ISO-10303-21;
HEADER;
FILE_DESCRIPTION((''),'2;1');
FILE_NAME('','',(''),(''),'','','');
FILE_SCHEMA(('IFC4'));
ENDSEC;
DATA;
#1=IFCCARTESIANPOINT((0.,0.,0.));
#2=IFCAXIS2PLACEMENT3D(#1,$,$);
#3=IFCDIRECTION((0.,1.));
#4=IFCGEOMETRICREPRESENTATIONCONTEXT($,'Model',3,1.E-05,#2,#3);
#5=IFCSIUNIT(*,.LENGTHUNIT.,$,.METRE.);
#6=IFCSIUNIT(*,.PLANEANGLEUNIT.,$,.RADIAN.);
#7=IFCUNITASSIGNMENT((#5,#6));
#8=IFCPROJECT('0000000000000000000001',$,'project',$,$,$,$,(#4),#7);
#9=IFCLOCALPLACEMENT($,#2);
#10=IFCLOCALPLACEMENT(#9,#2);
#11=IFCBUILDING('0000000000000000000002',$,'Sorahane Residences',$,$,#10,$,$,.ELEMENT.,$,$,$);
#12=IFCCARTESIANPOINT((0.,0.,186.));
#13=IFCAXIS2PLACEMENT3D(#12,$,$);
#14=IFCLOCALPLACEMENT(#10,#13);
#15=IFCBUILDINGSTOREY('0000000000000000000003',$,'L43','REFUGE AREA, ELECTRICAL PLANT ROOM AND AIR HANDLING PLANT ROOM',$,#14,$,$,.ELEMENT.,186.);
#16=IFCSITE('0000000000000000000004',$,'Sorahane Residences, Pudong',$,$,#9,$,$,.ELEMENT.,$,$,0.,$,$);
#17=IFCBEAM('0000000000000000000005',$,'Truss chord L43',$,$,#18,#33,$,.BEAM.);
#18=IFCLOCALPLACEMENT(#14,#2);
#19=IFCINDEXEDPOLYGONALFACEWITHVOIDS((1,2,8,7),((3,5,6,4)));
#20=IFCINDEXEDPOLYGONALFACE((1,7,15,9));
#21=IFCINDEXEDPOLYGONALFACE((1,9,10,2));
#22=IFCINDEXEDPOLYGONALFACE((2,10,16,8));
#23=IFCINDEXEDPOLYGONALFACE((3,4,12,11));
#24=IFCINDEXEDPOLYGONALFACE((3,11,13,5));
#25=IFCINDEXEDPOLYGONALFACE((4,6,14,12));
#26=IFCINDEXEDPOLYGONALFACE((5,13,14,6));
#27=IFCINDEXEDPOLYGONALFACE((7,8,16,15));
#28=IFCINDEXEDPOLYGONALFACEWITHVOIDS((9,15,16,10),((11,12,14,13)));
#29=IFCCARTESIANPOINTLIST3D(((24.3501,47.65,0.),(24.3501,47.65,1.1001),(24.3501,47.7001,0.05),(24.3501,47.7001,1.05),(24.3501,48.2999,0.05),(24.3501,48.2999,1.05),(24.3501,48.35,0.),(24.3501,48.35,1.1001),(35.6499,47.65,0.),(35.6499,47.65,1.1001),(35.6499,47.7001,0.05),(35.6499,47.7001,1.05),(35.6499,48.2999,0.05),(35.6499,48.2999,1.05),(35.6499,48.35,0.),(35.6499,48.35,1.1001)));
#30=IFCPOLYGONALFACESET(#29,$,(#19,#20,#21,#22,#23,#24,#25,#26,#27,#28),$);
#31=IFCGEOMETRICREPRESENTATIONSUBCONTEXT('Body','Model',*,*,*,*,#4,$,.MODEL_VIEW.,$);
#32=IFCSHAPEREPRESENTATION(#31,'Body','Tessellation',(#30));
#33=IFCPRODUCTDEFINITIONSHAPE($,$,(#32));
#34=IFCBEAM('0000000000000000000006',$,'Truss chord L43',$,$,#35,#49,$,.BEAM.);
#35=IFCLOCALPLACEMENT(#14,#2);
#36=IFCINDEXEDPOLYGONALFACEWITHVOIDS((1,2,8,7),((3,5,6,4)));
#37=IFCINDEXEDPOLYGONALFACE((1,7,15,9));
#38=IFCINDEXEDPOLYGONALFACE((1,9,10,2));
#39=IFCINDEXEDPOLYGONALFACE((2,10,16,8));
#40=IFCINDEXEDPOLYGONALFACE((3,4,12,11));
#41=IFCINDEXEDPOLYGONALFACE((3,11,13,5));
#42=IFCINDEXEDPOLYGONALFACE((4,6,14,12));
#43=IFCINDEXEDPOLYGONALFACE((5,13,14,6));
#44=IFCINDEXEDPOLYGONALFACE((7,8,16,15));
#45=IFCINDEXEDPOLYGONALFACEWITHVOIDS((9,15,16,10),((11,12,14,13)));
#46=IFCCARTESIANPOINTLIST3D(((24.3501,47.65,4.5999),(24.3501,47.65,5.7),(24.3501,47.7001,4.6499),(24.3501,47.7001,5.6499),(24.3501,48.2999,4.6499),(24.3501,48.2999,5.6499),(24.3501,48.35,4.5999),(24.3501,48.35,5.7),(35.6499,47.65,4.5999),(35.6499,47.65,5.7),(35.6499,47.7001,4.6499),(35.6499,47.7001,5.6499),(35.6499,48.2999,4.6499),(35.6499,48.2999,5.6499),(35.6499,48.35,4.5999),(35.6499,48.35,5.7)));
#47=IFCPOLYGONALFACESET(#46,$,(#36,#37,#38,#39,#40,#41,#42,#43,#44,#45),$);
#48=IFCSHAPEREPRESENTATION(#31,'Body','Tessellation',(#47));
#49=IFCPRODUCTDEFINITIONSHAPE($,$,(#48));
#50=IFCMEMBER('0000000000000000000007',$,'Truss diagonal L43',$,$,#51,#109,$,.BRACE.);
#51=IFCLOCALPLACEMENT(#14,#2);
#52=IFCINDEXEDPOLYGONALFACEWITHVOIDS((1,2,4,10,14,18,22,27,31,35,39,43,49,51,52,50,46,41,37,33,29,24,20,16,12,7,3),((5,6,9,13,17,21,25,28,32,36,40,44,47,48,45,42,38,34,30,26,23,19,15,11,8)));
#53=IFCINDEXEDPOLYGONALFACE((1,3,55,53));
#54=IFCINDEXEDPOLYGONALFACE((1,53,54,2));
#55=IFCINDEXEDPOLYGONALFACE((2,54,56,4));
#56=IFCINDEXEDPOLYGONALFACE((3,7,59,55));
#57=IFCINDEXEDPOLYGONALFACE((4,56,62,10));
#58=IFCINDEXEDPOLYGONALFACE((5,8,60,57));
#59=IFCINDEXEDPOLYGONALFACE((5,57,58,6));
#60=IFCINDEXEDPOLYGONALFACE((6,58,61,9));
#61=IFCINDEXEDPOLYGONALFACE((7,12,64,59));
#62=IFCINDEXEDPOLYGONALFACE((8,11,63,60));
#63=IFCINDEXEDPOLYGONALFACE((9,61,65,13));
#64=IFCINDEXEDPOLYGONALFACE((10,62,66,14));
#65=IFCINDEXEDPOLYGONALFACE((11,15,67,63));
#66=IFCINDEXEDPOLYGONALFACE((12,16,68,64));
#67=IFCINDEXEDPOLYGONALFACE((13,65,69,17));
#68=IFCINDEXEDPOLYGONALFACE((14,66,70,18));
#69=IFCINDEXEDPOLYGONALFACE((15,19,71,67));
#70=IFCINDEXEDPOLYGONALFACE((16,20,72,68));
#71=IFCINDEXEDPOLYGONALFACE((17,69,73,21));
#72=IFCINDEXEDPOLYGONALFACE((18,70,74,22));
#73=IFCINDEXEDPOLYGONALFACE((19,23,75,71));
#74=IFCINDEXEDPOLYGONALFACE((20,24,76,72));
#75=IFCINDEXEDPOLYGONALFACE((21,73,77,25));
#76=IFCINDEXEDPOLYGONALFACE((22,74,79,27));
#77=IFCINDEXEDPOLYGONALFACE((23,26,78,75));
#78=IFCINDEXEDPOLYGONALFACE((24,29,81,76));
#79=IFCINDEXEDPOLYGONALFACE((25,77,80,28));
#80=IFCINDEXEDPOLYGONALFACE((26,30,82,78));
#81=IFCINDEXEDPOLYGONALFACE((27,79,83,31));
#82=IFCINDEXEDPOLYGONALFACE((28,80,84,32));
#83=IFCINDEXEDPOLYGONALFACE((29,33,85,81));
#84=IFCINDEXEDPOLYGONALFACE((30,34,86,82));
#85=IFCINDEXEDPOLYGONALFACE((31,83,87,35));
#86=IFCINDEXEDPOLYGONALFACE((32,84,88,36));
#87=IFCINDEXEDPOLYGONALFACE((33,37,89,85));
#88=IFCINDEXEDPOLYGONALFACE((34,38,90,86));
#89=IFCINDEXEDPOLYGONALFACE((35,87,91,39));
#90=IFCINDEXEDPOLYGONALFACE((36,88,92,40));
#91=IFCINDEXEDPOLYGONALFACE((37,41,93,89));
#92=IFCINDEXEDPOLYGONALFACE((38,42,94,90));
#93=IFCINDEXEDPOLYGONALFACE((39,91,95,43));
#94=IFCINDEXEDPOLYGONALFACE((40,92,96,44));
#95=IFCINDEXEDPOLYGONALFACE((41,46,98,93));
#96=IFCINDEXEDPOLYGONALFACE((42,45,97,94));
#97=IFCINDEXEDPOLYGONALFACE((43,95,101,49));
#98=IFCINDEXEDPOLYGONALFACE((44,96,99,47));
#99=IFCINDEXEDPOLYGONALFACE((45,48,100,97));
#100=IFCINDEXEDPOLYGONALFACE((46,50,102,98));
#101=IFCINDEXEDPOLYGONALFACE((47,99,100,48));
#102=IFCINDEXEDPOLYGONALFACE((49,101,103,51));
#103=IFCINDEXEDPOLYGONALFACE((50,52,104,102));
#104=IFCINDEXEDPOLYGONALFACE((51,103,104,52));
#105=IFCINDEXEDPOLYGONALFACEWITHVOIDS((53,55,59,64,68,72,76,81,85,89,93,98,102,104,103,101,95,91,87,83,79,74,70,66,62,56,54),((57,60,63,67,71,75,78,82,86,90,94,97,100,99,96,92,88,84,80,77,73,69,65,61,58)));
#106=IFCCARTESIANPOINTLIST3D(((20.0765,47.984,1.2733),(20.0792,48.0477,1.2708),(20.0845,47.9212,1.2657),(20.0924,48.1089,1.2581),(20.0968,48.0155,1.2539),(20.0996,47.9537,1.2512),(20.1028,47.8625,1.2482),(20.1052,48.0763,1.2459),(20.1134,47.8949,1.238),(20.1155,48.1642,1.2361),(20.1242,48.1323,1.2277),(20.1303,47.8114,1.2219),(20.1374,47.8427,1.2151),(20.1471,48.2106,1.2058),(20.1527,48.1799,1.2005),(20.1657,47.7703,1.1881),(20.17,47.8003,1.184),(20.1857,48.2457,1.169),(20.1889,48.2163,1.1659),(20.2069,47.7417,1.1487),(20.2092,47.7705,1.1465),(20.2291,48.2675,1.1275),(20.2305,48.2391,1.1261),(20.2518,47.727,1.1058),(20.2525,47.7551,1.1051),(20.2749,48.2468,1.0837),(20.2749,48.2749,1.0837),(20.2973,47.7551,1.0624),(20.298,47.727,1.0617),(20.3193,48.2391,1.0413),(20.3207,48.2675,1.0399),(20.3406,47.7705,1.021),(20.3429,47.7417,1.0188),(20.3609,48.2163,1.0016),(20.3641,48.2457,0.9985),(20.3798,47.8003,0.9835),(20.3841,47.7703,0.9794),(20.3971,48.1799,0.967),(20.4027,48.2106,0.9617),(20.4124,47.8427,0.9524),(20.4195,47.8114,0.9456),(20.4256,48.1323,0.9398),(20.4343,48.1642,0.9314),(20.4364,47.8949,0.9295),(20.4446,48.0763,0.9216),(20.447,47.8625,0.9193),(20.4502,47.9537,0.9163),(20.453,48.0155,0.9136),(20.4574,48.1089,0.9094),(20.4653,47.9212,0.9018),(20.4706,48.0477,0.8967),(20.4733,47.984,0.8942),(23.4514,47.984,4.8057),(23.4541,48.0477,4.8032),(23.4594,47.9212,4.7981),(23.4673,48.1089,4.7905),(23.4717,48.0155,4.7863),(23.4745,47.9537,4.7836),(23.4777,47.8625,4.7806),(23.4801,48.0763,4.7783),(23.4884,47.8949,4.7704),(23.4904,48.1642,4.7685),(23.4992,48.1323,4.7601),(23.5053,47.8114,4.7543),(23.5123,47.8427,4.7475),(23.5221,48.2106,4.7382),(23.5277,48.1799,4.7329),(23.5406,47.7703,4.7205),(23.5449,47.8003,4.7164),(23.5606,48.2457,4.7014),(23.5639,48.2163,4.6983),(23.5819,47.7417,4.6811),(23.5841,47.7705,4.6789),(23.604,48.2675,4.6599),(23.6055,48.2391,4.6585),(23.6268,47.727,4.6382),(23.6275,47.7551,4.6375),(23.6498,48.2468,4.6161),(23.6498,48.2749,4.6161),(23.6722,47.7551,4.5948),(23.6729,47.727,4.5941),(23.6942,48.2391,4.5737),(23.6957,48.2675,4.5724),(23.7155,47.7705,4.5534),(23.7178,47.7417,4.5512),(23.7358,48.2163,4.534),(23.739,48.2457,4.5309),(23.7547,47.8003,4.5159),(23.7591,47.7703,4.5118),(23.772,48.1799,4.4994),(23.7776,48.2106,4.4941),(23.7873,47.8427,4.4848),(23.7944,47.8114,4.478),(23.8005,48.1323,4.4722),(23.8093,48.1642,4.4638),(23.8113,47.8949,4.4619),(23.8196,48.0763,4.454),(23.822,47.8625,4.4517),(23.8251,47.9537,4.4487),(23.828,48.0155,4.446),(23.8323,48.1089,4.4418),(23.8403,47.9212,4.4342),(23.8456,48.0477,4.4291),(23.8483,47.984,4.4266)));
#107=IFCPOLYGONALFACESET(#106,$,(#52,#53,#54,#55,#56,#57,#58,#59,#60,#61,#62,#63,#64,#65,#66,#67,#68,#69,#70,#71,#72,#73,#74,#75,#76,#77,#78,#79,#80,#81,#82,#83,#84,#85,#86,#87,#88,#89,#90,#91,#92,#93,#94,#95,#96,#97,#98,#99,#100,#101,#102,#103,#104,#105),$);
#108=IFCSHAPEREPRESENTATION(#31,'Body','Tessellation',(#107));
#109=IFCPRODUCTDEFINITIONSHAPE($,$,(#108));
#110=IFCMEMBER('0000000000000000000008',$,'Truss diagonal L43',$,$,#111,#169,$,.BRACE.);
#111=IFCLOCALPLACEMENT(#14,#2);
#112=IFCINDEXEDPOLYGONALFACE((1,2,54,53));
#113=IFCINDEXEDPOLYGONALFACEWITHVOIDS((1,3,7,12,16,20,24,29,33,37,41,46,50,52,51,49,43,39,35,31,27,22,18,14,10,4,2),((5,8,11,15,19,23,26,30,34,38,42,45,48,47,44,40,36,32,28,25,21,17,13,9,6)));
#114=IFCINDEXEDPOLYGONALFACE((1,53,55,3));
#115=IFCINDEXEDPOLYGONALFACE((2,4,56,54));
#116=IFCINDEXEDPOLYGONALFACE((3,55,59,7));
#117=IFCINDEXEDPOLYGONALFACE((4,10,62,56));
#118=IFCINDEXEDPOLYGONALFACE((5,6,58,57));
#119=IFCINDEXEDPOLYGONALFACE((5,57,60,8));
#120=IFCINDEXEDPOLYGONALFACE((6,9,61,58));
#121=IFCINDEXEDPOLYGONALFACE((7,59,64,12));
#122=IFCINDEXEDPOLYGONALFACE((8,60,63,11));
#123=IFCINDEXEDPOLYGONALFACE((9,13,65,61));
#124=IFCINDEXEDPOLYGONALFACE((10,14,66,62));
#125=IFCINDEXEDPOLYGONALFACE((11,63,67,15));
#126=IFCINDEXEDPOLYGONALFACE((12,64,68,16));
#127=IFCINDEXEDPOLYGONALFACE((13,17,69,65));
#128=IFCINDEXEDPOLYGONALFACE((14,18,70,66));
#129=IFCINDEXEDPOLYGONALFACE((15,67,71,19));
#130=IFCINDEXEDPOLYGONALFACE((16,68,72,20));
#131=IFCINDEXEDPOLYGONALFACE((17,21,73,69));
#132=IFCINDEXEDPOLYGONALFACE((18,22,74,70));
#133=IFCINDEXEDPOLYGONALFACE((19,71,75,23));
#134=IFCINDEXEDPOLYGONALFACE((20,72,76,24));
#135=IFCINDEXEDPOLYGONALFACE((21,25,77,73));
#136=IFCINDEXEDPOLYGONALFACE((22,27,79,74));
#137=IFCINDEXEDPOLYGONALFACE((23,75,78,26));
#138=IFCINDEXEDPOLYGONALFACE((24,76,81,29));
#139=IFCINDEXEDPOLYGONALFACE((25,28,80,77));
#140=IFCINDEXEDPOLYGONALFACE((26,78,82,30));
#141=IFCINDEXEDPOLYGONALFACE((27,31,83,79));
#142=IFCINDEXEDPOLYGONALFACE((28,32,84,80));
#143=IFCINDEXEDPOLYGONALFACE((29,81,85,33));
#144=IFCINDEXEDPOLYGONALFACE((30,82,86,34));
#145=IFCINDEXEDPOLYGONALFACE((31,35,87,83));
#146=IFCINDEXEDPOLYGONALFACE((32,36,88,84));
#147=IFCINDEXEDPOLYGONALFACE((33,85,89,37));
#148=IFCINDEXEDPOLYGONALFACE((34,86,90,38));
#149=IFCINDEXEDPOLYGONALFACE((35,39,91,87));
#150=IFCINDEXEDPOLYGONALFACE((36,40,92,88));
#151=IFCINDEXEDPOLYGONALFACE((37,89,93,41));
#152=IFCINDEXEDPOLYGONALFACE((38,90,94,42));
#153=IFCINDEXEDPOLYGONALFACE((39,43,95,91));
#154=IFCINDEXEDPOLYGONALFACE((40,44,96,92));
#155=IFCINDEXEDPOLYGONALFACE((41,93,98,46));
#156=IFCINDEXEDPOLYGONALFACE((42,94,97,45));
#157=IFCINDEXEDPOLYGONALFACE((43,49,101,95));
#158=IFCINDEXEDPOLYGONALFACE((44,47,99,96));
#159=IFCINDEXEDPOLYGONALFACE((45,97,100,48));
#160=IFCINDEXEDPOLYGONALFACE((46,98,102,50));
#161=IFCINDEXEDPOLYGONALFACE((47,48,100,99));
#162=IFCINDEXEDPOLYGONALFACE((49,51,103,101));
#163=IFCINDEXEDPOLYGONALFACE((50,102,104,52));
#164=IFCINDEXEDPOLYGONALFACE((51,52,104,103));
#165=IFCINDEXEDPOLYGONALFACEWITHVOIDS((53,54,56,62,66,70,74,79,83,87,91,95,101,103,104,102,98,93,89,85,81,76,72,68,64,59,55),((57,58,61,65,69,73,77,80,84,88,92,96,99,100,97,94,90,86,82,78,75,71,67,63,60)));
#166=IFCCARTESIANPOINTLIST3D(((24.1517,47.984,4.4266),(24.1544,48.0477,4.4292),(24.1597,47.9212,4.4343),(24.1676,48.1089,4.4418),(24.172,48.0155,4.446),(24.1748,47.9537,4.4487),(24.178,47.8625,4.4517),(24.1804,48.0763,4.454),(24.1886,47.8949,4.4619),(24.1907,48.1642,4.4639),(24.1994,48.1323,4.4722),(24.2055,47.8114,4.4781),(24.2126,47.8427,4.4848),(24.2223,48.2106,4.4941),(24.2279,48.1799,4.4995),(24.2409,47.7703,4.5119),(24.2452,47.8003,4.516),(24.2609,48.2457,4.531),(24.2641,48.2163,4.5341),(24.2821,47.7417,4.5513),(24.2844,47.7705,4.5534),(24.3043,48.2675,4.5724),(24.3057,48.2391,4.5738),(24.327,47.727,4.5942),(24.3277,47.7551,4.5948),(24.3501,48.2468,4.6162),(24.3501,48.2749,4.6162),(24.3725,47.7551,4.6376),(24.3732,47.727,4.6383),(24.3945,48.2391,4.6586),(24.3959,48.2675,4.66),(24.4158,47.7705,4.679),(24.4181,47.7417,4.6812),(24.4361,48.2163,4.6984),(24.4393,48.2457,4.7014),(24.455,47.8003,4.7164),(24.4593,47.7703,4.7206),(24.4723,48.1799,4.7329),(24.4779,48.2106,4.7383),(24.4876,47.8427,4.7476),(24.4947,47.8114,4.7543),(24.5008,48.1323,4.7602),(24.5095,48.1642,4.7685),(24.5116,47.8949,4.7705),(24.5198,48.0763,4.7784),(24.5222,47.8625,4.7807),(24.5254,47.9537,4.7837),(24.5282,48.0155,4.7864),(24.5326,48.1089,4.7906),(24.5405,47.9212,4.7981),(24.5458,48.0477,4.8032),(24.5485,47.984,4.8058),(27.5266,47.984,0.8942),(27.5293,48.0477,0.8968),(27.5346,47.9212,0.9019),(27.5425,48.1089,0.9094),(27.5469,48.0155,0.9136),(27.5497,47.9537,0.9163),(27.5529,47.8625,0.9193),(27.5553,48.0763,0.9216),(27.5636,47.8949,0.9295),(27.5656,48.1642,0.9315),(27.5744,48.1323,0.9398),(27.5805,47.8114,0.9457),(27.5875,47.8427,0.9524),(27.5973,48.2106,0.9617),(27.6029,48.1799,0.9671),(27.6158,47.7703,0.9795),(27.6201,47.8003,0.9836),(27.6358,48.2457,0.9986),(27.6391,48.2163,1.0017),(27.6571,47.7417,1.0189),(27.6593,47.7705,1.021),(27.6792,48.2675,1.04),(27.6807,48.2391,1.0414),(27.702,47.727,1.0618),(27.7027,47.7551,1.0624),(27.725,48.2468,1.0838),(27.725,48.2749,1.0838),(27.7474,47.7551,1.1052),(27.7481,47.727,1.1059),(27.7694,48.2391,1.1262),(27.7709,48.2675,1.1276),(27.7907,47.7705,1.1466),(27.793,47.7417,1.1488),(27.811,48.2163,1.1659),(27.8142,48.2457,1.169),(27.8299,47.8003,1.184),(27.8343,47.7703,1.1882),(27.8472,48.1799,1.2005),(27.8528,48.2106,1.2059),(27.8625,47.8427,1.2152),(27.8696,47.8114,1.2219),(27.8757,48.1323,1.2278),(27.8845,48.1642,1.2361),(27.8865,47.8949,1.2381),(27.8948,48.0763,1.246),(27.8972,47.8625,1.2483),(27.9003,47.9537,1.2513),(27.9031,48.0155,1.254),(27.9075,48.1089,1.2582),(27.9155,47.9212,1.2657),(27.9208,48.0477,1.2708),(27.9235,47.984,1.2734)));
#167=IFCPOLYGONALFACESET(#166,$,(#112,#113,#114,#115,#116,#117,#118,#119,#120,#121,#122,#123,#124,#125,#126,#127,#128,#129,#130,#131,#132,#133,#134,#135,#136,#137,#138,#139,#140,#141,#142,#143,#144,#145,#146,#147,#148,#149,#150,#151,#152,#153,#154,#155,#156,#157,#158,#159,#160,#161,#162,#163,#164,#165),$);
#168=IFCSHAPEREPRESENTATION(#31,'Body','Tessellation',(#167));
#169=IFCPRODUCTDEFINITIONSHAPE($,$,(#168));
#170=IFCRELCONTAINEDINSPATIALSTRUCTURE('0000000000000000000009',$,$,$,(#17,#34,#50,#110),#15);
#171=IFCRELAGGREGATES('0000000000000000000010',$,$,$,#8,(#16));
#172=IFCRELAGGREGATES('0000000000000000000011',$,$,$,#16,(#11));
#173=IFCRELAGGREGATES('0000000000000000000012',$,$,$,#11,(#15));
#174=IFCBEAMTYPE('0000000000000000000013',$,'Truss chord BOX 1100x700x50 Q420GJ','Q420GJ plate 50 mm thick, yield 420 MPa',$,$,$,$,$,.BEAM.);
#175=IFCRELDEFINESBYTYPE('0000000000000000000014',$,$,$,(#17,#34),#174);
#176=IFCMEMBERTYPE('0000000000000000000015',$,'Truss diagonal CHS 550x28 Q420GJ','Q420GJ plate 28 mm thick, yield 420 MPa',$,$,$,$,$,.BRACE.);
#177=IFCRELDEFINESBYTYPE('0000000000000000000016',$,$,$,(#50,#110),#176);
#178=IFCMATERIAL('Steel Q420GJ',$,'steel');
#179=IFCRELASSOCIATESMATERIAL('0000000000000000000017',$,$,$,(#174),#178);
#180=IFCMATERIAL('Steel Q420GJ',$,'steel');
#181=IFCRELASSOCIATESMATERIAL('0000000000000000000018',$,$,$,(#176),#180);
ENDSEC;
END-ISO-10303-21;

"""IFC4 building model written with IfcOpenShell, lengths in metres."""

from ifc_helpers import new_model, si_unit, direction, frame, origin, origin_2d, place, context, subcontext, project, spatial, hollow_rectangle, hollow_circle, extrude, material, material_profile, profile_set, type_object, element, save


model = new_model("IFC4")

# Units and contexts
model_context = context("Model", 3, precision=1e-05, world=origin(), true_north=direction((0.0, 1.0)))
body_context = subcontext(model_context, "Body", "Model", "MODEL_VIEW")
ifc_project = project(units=[si_unit("LENGTHUNIT", "METRE"), si_unit("PLANEANGLEUNIT", "RADIAN")], contexts=[model_context])

# Site, building, storey
site_placement = place(None, origin())
site = spatial("IfcSite", under=ifc_project, at=site_placement, Name="Sorahane Residences, Pudong", CompositionType="ELEMENT", RefElevation=0.0)
building_placement = place(site_placement, origin())
building = spatial("IfcBuilding", under=site, at=building_placement, Name="Sorahane Residences", CompositionType="ELEMENT")
storey_placement = place(building_placement, frame((0.0, 0.0, 186.0)))
storey = spatial("IfcBuildingStorey", under=building, at=storey_placement, Name="L43", Description="REFUGE AREA, ELECTRICAL PLANT ROOM AND AIR HANDLING PLANT ROOM", CompositionType="ELEMENT", Elevation=186.0)

# Beams
ifc_material_1 = material(Name="Steel Q420GJ", Category="steel")
ifc_material_profile_1 = material_profile(ifc_material_1, hollow_rectangle(XDim=0.7, YDim=1.1001, WallThickness=0.05, at=origin_2d()), Name="BOX 1100x700x50")
ifc_profile_set_1 = profile_set([ifc_material_profile_1], Name="Steel Q420GJ")
beam_type_1 = type_object("IfcBeamType", Name="Truss chord BOX 1100x700x50 Q420GJ", Description="Q420GJ plate 50 mm thick, yield 420 MPa", PredefinedType="BEAM", material=ifc_profile_set_1)
for number, where, z_axis, x_axis, name in (
    (1, (24.3501, 48.0, 0.55), (1.0, 0.0, 0.0), (0.0, 1.0, 0.0), "Truss chord L43"),
    (2, (24.3501, 48.0, 5.1499), (1.0, 0.0, 0.0), (0.0, 1.0, 0.0), "Truss chord L43"),
):
    element("IfcBeam", number, at=place(storey_placement, frame(where, z_axis=z_axis, x_axis=x_axis)), inside=storey, type_object=beam_type_1, Name=name, PredefinedType="BEAM", context=body_context, shape_type="SweptSolid", body=[
        extrude(hollow_rectangle(XDim=0.7, YDim=1.1001, WallThickness=0.05, at=origin_2d()), origin(), (0.0, 0.0, 1.0), 11.2998),
    ])

# Members
ifc_material_2 = material(Name="Steel Q420GJ", Category="steel")
ifc_material_profile_2 = material_profile(ifc_material_2, hollow_circle(Radius=0.2749, WallThickness=0.0281, at=origin_2d()), Name="CHS 550x28")
ifc_profile_set_2 = profile_set([ifc_material_profile_2], Name="Steel Q420GJ")
member_type_1 = type_object("IfcMemberType", Name="Truss diagonal CHS 550x28 Q420GJ", Description="Q420GJ plate 28 mm thick, yield 420 MPa", PredefinedType="BRACE", material=ifc_profile_set_2)
for number, where, z_axis, x_axis, name in (
    (3, (20.2749, 48.0, 1.0837), (0.690807, 0.0, 0.723039), (0.0, 1.0, 0.0), "Truss diagonal L43"),
    (4, (24.3501, 48.0, 4.6162), (0.690807, 0.0, -0.723039), (0.0, 1.0, 0.0), "Truss diagonal L43"),
):
    element("IfcMember", number, at=place(storey_placement, frame(where, z_axis=z_axis, x_axis=x_axis)), inside=storey, type_object=member_type_1, Name=name, PredefinedType="BRACE", context=body_context, shape_type="SweptSolid", body=[
        extrude(hollow_circle(Radius=0.2749, WallThickness=0.0281, at=origin_2d()), origin(), (0.0, 0.0, 1.0), 4.8855),
    ])

save(model, "model.ifc")
